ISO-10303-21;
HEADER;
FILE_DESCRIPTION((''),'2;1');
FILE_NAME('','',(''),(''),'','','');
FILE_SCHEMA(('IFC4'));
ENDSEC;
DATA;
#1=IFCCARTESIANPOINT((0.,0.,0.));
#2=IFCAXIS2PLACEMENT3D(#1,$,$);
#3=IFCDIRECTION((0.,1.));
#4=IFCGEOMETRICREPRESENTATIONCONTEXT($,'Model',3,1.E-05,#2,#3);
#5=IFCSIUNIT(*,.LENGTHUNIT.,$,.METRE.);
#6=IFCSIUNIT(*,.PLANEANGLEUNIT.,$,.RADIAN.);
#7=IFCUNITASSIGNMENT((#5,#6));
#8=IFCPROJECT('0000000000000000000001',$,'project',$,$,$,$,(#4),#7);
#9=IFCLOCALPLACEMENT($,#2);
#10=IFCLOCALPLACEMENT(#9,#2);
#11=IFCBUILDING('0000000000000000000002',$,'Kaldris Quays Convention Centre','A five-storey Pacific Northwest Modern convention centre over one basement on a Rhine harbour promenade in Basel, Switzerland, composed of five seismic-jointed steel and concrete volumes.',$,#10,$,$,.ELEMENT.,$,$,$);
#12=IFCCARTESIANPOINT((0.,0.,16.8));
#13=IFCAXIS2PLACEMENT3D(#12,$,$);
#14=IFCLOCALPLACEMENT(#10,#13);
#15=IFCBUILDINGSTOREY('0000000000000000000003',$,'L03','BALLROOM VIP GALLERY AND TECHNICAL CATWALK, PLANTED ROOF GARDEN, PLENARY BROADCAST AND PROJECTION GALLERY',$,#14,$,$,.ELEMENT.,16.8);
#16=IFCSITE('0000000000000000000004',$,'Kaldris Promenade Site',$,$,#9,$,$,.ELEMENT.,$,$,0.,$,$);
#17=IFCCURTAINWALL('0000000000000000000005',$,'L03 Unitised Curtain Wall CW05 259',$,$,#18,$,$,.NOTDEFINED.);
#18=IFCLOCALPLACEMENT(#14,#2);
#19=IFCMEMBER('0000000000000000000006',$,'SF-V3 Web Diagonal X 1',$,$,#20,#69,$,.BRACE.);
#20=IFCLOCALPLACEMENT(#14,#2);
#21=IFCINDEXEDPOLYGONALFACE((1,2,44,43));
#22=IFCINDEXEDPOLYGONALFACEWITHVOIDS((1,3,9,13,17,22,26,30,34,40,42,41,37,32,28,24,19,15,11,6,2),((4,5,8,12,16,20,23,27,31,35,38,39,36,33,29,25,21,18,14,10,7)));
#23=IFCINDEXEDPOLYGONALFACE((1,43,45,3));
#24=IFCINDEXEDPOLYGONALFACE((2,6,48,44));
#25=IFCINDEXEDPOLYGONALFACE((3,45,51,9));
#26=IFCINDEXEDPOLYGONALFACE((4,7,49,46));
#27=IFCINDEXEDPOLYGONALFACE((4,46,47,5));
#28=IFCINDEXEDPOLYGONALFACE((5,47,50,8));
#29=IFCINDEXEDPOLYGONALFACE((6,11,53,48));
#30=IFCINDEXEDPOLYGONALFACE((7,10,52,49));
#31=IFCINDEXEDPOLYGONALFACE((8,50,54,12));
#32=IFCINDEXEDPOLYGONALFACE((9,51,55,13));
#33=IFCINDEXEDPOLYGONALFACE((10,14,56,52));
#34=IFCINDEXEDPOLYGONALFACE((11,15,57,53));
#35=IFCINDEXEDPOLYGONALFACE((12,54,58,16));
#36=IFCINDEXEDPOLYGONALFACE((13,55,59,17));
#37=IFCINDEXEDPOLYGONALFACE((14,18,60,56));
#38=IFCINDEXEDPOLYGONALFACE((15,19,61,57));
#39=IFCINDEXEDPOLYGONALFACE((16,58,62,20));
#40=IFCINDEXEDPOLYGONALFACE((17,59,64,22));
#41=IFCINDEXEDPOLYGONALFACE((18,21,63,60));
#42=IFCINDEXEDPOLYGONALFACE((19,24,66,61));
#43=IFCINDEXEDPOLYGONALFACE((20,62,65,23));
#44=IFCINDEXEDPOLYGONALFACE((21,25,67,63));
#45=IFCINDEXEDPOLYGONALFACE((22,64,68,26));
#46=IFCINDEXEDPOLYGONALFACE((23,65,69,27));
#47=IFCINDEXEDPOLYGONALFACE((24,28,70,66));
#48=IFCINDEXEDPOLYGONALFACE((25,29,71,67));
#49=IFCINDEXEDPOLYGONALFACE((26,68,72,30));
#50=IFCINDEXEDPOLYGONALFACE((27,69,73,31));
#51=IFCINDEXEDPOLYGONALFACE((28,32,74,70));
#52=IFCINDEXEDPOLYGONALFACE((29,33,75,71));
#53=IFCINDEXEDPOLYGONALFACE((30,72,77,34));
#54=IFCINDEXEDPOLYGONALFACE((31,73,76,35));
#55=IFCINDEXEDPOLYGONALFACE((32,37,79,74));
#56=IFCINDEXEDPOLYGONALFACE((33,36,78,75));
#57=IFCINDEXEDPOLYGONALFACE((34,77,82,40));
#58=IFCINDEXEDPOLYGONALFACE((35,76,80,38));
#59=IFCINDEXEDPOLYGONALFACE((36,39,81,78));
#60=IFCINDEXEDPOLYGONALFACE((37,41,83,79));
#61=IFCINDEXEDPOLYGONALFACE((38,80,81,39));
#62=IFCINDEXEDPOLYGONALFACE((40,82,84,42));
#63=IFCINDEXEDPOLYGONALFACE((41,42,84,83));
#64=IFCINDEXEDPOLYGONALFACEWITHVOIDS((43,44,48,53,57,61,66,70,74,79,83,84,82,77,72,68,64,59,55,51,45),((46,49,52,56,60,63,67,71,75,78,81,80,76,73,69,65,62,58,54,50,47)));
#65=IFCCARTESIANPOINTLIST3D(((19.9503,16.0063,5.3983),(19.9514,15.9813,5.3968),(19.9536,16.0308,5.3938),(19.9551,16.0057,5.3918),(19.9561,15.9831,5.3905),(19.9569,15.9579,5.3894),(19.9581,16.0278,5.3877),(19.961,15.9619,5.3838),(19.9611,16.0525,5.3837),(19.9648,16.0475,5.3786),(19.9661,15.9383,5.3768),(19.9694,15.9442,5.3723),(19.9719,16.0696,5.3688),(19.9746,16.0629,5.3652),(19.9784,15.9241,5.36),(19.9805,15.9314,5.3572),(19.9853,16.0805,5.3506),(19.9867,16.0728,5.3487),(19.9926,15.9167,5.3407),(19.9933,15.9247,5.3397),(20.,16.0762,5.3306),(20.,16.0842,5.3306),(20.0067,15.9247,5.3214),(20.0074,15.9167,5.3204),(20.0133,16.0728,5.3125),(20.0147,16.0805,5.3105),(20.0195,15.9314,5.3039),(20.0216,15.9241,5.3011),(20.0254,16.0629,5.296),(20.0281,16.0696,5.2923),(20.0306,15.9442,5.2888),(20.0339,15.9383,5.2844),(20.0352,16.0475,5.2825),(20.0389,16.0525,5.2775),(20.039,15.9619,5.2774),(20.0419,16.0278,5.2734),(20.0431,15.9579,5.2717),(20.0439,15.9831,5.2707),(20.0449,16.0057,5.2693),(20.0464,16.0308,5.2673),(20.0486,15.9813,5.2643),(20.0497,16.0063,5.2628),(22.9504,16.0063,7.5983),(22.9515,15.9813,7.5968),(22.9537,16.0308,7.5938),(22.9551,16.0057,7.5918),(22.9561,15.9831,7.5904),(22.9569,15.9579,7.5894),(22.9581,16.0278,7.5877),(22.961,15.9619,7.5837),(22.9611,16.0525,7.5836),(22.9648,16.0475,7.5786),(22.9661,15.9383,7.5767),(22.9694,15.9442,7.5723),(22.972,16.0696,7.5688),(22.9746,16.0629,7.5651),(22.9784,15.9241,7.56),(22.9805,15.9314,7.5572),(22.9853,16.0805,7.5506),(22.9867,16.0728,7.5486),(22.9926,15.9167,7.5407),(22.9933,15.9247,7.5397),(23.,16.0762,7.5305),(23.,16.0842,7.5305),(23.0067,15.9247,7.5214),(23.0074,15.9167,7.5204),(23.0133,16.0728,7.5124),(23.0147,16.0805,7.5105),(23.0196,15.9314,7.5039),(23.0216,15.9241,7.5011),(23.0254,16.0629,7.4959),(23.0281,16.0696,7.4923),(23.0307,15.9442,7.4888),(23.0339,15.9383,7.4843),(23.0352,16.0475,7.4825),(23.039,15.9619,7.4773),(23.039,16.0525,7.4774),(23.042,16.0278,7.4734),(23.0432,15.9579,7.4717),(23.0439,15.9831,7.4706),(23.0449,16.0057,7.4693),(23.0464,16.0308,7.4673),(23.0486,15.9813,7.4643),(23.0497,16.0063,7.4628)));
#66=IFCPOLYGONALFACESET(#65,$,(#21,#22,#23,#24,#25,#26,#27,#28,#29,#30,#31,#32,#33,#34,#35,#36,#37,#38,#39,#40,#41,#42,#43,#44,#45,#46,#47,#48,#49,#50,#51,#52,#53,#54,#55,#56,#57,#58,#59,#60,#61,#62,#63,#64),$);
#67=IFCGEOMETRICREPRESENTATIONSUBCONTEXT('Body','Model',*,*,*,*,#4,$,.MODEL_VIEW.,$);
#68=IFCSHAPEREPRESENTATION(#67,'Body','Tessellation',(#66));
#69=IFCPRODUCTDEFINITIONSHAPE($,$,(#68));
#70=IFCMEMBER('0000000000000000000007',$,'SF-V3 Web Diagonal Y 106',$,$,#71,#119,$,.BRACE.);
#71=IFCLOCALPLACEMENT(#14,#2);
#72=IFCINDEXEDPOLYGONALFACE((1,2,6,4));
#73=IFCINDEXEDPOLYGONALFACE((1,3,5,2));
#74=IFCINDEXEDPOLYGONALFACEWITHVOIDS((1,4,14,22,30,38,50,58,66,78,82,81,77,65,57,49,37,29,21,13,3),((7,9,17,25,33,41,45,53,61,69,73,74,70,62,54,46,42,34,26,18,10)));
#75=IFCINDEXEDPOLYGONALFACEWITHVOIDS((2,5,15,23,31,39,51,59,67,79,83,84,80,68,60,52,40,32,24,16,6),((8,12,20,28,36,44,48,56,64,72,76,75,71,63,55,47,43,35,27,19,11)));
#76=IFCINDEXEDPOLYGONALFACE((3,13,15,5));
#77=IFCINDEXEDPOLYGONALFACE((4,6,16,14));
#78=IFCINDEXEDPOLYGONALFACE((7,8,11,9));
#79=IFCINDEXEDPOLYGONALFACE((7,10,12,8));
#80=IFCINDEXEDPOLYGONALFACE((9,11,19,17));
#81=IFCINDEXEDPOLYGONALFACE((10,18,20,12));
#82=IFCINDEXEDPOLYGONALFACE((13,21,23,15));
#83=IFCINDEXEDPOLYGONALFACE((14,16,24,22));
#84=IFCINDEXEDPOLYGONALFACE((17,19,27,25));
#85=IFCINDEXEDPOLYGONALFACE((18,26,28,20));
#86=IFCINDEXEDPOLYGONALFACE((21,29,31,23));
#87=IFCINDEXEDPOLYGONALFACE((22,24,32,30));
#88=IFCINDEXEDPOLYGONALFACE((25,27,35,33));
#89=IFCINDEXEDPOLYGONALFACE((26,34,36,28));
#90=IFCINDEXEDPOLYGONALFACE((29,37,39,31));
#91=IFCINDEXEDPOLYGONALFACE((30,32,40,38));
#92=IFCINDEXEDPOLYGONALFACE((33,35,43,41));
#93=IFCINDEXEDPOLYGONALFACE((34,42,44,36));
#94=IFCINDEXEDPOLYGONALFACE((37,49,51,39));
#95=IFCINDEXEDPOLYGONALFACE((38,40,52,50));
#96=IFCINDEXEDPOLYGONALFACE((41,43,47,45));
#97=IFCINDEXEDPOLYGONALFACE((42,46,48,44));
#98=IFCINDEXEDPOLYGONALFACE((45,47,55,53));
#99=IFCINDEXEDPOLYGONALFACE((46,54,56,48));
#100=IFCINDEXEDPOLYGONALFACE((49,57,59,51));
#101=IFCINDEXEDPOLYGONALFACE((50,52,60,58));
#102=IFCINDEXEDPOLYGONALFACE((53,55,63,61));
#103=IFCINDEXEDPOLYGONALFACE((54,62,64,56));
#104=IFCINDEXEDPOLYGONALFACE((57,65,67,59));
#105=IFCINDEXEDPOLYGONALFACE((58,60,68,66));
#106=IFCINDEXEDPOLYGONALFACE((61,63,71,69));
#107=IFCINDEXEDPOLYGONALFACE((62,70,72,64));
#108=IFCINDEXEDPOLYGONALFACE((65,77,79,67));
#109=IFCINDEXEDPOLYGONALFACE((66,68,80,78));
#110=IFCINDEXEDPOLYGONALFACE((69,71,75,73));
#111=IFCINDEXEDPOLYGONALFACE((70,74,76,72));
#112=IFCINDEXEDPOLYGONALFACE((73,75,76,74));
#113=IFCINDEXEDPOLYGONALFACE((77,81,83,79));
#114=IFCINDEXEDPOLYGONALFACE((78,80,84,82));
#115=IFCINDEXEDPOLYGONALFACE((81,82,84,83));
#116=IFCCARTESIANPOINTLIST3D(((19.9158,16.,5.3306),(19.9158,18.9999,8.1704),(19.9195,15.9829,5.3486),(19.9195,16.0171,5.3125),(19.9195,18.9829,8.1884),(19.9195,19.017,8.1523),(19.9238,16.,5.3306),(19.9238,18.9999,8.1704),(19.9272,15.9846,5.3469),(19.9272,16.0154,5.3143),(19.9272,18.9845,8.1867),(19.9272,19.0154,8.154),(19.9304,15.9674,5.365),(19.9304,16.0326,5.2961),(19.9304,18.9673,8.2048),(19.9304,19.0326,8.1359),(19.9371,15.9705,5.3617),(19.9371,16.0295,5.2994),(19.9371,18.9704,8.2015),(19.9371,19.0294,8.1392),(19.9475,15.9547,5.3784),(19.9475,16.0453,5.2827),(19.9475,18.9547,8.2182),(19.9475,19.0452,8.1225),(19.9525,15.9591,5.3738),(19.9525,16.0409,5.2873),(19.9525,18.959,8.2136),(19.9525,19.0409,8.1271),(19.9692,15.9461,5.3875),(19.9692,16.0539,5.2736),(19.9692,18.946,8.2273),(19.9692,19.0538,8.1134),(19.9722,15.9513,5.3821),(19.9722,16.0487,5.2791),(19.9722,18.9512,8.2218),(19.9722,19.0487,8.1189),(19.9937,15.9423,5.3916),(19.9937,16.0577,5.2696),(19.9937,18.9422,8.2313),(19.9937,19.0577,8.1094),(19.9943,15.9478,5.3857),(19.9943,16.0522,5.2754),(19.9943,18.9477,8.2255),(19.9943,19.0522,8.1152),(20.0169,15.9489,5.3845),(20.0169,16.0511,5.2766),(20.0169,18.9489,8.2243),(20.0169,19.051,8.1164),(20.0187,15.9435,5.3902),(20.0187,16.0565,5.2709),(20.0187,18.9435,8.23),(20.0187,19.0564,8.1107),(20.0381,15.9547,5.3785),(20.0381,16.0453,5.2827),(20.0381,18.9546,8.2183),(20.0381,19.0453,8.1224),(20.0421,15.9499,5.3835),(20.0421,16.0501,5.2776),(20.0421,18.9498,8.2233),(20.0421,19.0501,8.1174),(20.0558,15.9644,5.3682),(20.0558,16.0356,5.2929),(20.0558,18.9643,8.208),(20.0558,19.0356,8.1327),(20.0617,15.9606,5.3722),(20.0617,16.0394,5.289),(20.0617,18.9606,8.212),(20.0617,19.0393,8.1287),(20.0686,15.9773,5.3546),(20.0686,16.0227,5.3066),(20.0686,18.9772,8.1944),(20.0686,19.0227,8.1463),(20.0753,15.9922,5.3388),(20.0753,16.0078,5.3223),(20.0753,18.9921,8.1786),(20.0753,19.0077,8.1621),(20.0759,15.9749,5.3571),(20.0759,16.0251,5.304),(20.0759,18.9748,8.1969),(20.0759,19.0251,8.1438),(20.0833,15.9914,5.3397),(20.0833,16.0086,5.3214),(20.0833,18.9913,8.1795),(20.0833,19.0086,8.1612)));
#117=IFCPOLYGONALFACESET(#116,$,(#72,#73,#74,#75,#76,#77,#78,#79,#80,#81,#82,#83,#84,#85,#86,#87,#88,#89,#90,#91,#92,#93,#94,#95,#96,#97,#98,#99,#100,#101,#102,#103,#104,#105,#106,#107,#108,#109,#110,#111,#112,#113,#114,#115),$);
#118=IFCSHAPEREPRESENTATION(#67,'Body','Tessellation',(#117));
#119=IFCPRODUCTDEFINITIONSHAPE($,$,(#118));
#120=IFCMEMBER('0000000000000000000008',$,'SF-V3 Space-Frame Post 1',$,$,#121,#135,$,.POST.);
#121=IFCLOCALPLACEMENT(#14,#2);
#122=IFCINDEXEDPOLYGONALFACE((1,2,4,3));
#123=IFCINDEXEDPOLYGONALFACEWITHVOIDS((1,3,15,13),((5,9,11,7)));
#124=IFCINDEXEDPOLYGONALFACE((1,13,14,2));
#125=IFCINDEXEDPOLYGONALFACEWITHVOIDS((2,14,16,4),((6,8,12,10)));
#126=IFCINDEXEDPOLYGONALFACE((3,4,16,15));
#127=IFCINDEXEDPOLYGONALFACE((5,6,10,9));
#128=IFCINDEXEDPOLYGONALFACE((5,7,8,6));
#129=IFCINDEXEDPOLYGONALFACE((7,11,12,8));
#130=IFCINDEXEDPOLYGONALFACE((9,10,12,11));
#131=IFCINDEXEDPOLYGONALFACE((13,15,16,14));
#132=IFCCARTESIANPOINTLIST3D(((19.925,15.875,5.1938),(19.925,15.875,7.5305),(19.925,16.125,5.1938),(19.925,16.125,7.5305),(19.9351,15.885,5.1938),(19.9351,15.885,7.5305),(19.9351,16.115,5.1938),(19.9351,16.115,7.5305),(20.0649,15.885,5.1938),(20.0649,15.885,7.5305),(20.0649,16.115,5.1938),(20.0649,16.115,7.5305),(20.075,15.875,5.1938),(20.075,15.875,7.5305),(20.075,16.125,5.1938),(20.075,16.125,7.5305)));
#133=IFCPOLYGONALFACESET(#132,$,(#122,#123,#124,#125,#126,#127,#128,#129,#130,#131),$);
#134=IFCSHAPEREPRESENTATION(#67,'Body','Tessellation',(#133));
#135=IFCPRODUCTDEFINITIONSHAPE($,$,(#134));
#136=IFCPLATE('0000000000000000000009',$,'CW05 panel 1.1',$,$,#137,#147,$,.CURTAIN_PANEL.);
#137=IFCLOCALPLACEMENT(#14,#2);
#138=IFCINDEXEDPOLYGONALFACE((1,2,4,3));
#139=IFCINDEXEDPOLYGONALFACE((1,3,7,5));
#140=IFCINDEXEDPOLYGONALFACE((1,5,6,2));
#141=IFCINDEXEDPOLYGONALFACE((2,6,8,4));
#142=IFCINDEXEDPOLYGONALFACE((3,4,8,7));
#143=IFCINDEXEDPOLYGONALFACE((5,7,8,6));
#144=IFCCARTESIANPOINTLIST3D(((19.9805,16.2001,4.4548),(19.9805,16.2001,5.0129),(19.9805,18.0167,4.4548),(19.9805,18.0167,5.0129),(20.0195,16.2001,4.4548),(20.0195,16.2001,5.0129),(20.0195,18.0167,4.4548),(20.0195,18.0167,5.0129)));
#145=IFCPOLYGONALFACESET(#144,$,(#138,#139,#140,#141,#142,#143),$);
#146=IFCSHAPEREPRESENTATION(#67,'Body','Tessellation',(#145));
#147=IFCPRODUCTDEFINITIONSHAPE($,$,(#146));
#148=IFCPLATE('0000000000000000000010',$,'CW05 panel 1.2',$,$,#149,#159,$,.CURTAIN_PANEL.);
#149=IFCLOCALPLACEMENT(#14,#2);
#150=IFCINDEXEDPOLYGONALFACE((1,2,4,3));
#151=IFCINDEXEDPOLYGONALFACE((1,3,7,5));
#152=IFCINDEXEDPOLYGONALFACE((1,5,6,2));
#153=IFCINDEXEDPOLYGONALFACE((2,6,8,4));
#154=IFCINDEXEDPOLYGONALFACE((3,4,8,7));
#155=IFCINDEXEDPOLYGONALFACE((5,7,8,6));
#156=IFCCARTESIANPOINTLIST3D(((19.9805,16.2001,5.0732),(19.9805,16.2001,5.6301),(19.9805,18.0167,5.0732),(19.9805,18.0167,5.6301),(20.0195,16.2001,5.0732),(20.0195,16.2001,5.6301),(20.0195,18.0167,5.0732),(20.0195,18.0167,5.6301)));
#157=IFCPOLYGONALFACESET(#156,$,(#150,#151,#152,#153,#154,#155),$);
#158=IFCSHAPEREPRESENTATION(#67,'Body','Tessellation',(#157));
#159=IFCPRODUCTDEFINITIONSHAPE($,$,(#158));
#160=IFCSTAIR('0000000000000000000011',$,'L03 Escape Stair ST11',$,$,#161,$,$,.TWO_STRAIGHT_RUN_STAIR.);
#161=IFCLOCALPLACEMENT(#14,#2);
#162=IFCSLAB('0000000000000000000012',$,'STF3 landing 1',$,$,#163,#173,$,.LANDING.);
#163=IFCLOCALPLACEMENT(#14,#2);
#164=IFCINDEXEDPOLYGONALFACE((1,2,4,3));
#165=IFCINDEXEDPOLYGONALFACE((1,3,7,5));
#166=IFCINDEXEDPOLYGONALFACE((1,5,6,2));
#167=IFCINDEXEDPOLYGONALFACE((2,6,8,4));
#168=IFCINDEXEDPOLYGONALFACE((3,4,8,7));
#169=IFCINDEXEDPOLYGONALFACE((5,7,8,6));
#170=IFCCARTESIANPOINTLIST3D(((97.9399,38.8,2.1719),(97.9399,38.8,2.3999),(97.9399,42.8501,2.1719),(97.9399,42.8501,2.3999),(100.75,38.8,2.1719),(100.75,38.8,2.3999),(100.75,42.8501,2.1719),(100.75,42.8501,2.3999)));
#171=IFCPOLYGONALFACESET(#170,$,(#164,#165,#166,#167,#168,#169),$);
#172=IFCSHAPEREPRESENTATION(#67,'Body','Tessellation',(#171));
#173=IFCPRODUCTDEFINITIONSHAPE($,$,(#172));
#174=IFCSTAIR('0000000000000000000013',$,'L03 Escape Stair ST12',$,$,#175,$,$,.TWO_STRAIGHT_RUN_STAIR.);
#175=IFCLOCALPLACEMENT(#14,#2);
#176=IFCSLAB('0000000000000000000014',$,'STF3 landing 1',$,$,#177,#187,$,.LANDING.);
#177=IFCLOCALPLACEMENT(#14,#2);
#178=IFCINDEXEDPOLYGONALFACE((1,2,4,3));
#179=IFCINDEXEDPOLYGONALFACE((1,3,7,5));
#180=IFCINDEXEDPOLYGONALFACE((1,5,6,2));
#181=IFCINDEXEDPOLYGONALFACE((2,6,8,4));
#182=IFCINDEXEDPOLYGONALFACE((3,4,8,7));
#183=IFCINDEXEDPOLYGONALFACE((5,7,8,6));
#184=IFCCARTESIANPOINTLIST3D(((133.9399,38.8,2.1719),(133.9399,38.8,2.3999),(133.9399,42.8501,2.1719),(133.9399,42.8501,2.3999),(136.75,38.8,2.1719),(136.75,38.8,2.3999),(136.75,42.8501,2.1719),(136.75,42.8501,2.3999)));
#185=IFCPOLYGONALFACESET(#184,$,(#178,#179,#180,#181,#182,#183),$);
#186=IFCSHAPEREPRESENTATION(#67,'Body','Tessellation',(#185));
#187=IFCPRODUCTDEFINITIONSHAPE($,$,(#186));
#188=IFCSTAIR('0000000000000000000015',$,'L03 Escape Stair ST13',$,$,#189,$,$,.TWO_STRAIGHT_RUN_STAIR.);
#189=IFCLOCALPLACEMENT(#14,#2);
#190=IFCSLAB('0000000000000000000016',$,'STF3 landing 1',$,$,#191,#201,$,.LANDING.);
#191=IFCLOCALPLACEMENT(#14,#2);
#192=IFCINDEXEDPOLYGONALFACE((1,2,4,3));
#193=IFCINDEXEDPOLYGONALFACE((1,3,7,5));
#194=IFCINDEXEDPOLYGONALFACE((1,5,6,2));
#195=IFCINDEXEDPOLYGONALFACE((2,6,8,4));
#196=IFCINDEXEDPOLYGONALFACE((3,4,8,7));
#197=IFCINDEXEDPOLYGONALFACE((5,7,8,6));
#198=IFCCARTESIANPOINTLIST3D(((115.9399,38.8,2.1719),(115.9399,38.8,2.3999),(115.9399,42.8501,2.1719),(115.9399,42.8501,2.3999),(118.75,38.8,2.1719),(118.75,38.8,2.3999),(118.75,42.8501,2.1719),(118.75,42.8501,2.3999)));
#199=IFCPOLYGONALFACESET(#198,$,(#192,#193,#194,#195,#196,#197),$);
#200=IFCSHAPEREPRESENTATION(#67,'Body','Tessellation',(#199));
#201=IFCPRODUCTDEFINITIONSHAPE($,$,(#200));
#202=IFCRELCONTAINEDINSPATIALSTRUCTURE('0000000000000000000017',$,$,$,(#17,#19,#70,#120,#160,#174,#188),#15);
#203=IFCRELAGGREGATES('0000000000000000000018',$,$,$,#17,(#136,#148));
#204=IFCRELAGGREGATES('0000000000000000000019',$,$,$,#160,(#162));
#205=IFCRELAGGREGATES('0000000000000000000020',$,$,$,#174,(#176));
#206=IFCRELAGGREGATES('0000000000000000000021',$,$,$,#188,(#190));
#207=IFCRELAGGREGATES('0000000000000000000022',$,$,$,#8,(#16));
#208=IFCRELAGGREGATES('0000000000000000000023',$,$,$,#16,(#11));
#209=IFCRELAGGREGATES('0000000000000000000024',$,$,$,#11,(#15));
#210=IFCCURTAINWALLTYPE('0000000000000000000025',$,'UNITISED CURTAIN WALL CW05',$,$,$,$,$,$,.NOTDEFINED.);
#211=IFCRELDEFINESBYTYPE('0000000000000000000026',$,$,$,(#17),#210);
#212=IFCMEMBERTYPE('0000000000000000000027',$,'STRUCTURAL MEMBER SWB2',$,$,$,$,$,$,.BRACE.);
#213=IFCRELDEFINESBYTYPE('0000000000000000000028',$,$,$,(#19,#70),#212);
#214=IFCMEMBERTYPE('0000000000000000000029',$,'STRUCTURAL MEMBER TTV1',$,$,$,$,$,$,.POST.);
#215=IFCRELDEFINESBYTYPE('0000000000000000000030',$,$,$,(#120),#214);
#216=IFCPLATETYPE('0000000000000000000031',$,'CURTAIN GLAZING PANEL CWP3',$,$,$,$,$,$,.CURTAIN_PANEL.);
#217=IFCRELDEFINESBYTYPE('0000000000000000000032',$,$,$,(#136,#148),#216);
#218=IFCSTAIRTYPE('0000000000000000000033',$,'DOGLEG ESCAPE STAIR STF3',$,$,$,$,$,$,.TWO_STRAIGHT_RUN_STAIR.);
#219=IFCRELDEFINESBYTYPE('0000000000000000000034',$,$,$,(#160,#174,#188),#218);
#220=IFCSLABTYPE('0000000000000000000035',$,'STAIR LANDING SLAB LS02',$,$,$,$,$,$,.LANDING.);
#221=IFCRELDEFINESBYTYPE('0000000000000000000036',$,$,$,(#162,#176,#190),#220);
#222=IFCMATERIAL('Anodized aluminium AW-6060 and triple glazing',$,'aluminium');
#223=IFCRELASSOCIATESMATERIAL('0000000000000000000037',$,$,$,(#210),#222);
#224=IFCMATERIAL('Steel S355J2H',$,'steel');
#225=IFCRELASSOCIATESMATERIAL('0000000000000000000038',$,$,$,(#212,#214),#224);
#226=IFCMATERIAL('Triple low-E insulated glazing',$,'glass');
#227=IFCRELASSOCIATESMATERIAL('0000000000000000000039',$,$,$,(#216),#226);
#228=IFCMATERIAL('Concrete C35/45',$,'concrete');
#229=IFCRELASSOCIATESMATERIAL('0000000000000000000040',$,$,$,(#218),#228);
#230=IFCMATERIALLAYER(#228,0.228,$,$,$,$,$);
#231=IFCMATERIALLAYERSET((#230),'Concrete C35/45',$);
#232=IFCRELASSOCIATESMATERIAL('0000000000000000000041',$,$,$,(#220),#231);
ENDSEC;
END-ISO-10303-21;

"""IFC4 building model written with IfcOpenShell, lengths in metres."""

from ifc_helpers import new_model, si_unit, direction, frame, origin, origin_2d, place, context, subcontext, project, spatial, polyline, rectangle, hollow_rectangle, hollow_circle, outline, extrude, material, layer, layer_set, material_profile, profile_set, type_object, element, aggregate, save


model = new_model("IFC4")

# Units and contexts
model_context = context("Model", 3, precision=1e-05, world=origin(), true_north=direction((0.0, 1.0)))
body_context = subcontext(model_context, "Body", "Model", "MODEL_VIEW")
ifc_project = project(units=[si_unit("LENGTHUNIT", "METRE"), si_unit("PLANEANGLEUNIT", "RADIAN")], contexts=[model_context])

# Site, building, storey
site_placement = place(None, origin())
site = spatial("IfcSite", under=ifc_project, at=site_placement, Name="Kaldris Promenade Site", CompositionType="ELEMENT", RefElevation=0.0)
building_placement = place(site_placement, origin())
building = spatial("IfcBuilding", under=site, at=building_placement, Name="Kaldris Quays Convention Centre", Description="A five-storey Pacific Northwest Modern convention centre over one basement on a Rhine harbour promenade in Basel, Switzerland, composed of five seismic-jointed steel and concrete volumes.", CompositionType="ELEMENT")
storey_placement = place(building_placement, frame((0.0, 0.0, 16.8)))
storey = spatial("IfcBuildingStorey", under=building, at=storey_placement, Name="L03", Description="BALLROOM VIP GALLERY AND TECHNICAL CATWALK, PLANTED ROOF GARDEN, PLENARY BROADCAST AND PROJECTION GALLERY", CompositionType="ELEMENT", Elevation=16.8)

# Curtain wall
ifc_material_1 = material(Name="Anodized aluminium AW-6060 and triple glazing", Category="aluminium")
curtain_wall_type = type_object("IfcCurtainWallType", Name="UNITISED CURTAIN WALL CW05", PredefinedType="NOTDEFINED", material=ifc_material_1)
curtain_wall_placement = place(storey_placement, origin())
curtain_wall = element("IfcCurtainWall", 1, at=curtain_wall_placement, inside=storey, type_object=curtain_wall_type, Name="L03 Unitised Curtain Wall CW05 259", PredefinedType="NOTDEFINED")

# Members
ifc_material_2 = material(Name="Steel S355J2H", Category="steel")
ifc_material_profile_1 = material_profile(ifc_material_2, hollow_circle(Radius=0.0842, WallThickness=0.0081, at=origin_2d()), Name="CHS 168.3x8")
ifc_profile_set_1 = profile_set([ifc_material_profile_1], Name="Steel S355J2H")
member_type_1 = type_object("IfcMemberType", Name="STRUCTURAL MEMBER SWB2", PredefinedType="BRACE", material=ifc_profile_set_1)
member_1_placement = place(storey_placement, frame((20.0, 16.0, 5.3306), z_axis=(0.806411, 0.0, 0.591355), x_axis=(0.0, 1.0, 0.0)))
element("IfcMember", 2, at=member_1_placement, inside=storey, type_object=member_type_1, Name="SF-V3 Web Diagonal X 1", PredefinedType="BRACE", context=body_context, shape_type="SweptSolid", body=[
    extrude(hollow_circle(Radius=0.0842, WallThickness=0.0081, at=origin_2d()), origin(), (0.0, 0.0, 1.0), 3.7202),
])
member_2_placement = place(storey_placement, frame((20.0, 16.0, 5.3306), z_axis=(0.0, 0.726226, 0.687456), x_axis=(-1.0, 0.0, 0.0)))
element("IfcMember", 3, at=member_2_placement, inside=storey, type_object=member_type_1, Name="SF-V3 Web Diagonal Y 106", PredefinedType="BRACE", context=body_context, shape_type="SweptSolid", body=[
    extrude(hollow_circle(Radius=0.0842, WallThickness=0.0081, at=origin_2d()), origin(), (0.0, 0.0, 1.0), 4.1309),
])
ifc_material_profile_2 = material_profile(ifc_material_2, hollow_rectangle(XDim=0.1499, YDim=0.25, WallThickness=0.01, at=origin_2d()), Name="RHS 250x150x10")
ifc_profile_set_2 = profile_set([ifc_material_profile_2], Name="Steel S355J2H")
member_type_2 = type_object("IfcMemberType", Name="STRUCTURAL MEMBER TTV1", PredefinedType="POST", material=ifc_profile_set_2)
member_3_placement = place(storey_placement, frame((20.0, 16.0, 5.1938), z_axis=(0.0, 0.0, 1.0), x_axis=(1.0, 0.0, 0.0)))
element("IfcMember", 4, at=member_3_placement, inside=storey, type_object=member_type_2, Name="SF-V3 Space-Frame Post 1", PredefinedType="POST", context=body_context, shape_type="SweptSolid", body=[
    extrude(hollow_rectangle(XDim=0.1499, YDim=0.25, WallThickness=0.01, at=origin_2d()), origin(), (0.0, 0.0, 1.0), 2.3367),
])

# Plates
ifc_material_3 = material(Name="Triple low-E insulated glazing", Category="glass")
plate_type = type_object("IfcPlateType", Name="CURTAIN GLAZING PANEL CWP3", PredefinedType="CURTAIN_PANEL", material=ifc_material_3)
plate_1_placement = place(storey_placement, frame((20.0, 17.1084, 4.4548), z_axis=(0.0, 0.0, 1.0), x_axis=(0.0, 1.0, 0.0)))
plate_1 = element("IfcPlate", 5, at=plate_1_placement, type_object=plate_type, Name="CW05 panel 1.1", PredefinedType="CURTAIN_PANEL", context=body_context, shape_type="SweptSolid", body=[
    extrude(rectangle(XDim=1.8167, YDim=0.0391, at=origin_2d()), origin(), (0.0, 0.0, 1.0), 0.5581),
])
plate_2_placement = place(storey_placement, frame((20.0, 17.1084, 5.0732), z_axis=(0.0, 0.0, 1.0), x_axis=(0.0, 1.0, 0.0)))
plate_2 = element("IfcPlate", 6, at=plate_2_placement, type_object=plate_type, Name="CW05 panel 1.2", PredefinedType="CURTAIN_PANEL", context=body_context, shape_type="SweptSolid", body=[
    extrude(rectangle(XDim=1.8167, YDim=0.0391, at=origin_2d()), origin(), (0.0, 0.0, 1.0), 0.5569),
])
aggregate(curtain_wall, [plate_1, plate_2])

# Stairs, slabs
ifc_material_4 = material(Name="Concrete C35/45", Category="concrete")
stair_type = type_object("IfcStairType", Name="DOGLEG ESCAPE STAIR STF3", PredefinedType="TWO_STRAIGHT_RUN_STAIR", material=ifc_material_4)
stair_1_placement = place(storey_placement, origin())
stair_1 = element("IfcStair", 7, at=stair_1_placement, inside=storey, type_object=stair_type, Name="L03 Escape Stair ST11", PredefinedType="TWO_STRAIGHT_RUN_STAIR")
ifc_layer_1 = layer(ifc_material_4, 0.228)
ifc_layer_set_1 = layer_set([ifc_layer_1], Name="Concrete C35/45")
slab_type_1 = type_object("IfcSlabType", Name="STAIR LANDING SLAB LS02", PredefinedType="LANDING", material=ifc_layer_set_1)
slab_1_placement = place(storey_placement, frame((0.0, 0.0, 2.1719)))
slab_1 = element("IfcSlab", 8, at=slab_1_placement, type_object=slab_type_1, Name="STF3 landing 1", PredefinedType="LANDING", context=body_context, shape_type="SweptSolid", body=[
    extrude(outline(polyline([(97.9399, 38.8), (100.75, 38.8), (100.75, 42.8501), (97.9399, 42.8501), (97.9399, 38.8)])), origin(), (0.0, 0.0, 1.0), 0.228),
])
aggregate(stair_1, [slab_1])
stair_2_placement = place(storey_placement, origin())
stair_2 = element("IfcStair", 9, at=stair_2_placement, inside=storey, type_object=stair_type, Name="L03 Escape Stair ST12", PredefinedType="TWO_STRAIGHT_RUN_STAIR")
slab_2_placement = place(storey_placement, frame((0.0, 0.0, 2.1719)))
slab_2 = element("IfcSlab", 10, at=slab_2_placement, type_object=slab_type_1, Name="STF3 landing 1", PredefinedType="LANDING", context=body_context, shape_type="SweptSolid", body=[
    extrude(outline(polyline([(133.9399, 38.8), (136.75, 38.8), (136.75, 42.8501), (133.9399, 42.8501), (133.9399, 38.8)])), origin(), (0.0, 0.0, 1.0), 0.228),
])
aggregate(stair_2, [slab_2])
stair_3_placement = place(storey_placement, origin())
stair_3 = element("IfcStair", 11, at=stair_3_placement, inside=storey, type_object=stair_type, Name="L03 Escape Stair ST13", PredefinedType="TWO_STRAIGHT_RUN_STAIR")
slab_3_placement = place(storey_placement, frame((0.0, 0.0, 2.1719)))
slab_3 = element("IfcSlab", 12, at=slab_3_placement, type_object=slab_type_1, Name="STF3 landing 1", PredefinedType="LANDING", context=body_context, shape_type="SweptSolid", body=[
    extrude(outline(polyline([(115.9399, 38.8), (118.75, 38.8), (118.75, 42.8501), (115.9399, 42.8501), (115.9399, 38.8)])), origin(), (0.0, 0.0, 1.0), 0.228),
])
aggregate(stair_3, [slab_3])

save(model, "model.ifc")
